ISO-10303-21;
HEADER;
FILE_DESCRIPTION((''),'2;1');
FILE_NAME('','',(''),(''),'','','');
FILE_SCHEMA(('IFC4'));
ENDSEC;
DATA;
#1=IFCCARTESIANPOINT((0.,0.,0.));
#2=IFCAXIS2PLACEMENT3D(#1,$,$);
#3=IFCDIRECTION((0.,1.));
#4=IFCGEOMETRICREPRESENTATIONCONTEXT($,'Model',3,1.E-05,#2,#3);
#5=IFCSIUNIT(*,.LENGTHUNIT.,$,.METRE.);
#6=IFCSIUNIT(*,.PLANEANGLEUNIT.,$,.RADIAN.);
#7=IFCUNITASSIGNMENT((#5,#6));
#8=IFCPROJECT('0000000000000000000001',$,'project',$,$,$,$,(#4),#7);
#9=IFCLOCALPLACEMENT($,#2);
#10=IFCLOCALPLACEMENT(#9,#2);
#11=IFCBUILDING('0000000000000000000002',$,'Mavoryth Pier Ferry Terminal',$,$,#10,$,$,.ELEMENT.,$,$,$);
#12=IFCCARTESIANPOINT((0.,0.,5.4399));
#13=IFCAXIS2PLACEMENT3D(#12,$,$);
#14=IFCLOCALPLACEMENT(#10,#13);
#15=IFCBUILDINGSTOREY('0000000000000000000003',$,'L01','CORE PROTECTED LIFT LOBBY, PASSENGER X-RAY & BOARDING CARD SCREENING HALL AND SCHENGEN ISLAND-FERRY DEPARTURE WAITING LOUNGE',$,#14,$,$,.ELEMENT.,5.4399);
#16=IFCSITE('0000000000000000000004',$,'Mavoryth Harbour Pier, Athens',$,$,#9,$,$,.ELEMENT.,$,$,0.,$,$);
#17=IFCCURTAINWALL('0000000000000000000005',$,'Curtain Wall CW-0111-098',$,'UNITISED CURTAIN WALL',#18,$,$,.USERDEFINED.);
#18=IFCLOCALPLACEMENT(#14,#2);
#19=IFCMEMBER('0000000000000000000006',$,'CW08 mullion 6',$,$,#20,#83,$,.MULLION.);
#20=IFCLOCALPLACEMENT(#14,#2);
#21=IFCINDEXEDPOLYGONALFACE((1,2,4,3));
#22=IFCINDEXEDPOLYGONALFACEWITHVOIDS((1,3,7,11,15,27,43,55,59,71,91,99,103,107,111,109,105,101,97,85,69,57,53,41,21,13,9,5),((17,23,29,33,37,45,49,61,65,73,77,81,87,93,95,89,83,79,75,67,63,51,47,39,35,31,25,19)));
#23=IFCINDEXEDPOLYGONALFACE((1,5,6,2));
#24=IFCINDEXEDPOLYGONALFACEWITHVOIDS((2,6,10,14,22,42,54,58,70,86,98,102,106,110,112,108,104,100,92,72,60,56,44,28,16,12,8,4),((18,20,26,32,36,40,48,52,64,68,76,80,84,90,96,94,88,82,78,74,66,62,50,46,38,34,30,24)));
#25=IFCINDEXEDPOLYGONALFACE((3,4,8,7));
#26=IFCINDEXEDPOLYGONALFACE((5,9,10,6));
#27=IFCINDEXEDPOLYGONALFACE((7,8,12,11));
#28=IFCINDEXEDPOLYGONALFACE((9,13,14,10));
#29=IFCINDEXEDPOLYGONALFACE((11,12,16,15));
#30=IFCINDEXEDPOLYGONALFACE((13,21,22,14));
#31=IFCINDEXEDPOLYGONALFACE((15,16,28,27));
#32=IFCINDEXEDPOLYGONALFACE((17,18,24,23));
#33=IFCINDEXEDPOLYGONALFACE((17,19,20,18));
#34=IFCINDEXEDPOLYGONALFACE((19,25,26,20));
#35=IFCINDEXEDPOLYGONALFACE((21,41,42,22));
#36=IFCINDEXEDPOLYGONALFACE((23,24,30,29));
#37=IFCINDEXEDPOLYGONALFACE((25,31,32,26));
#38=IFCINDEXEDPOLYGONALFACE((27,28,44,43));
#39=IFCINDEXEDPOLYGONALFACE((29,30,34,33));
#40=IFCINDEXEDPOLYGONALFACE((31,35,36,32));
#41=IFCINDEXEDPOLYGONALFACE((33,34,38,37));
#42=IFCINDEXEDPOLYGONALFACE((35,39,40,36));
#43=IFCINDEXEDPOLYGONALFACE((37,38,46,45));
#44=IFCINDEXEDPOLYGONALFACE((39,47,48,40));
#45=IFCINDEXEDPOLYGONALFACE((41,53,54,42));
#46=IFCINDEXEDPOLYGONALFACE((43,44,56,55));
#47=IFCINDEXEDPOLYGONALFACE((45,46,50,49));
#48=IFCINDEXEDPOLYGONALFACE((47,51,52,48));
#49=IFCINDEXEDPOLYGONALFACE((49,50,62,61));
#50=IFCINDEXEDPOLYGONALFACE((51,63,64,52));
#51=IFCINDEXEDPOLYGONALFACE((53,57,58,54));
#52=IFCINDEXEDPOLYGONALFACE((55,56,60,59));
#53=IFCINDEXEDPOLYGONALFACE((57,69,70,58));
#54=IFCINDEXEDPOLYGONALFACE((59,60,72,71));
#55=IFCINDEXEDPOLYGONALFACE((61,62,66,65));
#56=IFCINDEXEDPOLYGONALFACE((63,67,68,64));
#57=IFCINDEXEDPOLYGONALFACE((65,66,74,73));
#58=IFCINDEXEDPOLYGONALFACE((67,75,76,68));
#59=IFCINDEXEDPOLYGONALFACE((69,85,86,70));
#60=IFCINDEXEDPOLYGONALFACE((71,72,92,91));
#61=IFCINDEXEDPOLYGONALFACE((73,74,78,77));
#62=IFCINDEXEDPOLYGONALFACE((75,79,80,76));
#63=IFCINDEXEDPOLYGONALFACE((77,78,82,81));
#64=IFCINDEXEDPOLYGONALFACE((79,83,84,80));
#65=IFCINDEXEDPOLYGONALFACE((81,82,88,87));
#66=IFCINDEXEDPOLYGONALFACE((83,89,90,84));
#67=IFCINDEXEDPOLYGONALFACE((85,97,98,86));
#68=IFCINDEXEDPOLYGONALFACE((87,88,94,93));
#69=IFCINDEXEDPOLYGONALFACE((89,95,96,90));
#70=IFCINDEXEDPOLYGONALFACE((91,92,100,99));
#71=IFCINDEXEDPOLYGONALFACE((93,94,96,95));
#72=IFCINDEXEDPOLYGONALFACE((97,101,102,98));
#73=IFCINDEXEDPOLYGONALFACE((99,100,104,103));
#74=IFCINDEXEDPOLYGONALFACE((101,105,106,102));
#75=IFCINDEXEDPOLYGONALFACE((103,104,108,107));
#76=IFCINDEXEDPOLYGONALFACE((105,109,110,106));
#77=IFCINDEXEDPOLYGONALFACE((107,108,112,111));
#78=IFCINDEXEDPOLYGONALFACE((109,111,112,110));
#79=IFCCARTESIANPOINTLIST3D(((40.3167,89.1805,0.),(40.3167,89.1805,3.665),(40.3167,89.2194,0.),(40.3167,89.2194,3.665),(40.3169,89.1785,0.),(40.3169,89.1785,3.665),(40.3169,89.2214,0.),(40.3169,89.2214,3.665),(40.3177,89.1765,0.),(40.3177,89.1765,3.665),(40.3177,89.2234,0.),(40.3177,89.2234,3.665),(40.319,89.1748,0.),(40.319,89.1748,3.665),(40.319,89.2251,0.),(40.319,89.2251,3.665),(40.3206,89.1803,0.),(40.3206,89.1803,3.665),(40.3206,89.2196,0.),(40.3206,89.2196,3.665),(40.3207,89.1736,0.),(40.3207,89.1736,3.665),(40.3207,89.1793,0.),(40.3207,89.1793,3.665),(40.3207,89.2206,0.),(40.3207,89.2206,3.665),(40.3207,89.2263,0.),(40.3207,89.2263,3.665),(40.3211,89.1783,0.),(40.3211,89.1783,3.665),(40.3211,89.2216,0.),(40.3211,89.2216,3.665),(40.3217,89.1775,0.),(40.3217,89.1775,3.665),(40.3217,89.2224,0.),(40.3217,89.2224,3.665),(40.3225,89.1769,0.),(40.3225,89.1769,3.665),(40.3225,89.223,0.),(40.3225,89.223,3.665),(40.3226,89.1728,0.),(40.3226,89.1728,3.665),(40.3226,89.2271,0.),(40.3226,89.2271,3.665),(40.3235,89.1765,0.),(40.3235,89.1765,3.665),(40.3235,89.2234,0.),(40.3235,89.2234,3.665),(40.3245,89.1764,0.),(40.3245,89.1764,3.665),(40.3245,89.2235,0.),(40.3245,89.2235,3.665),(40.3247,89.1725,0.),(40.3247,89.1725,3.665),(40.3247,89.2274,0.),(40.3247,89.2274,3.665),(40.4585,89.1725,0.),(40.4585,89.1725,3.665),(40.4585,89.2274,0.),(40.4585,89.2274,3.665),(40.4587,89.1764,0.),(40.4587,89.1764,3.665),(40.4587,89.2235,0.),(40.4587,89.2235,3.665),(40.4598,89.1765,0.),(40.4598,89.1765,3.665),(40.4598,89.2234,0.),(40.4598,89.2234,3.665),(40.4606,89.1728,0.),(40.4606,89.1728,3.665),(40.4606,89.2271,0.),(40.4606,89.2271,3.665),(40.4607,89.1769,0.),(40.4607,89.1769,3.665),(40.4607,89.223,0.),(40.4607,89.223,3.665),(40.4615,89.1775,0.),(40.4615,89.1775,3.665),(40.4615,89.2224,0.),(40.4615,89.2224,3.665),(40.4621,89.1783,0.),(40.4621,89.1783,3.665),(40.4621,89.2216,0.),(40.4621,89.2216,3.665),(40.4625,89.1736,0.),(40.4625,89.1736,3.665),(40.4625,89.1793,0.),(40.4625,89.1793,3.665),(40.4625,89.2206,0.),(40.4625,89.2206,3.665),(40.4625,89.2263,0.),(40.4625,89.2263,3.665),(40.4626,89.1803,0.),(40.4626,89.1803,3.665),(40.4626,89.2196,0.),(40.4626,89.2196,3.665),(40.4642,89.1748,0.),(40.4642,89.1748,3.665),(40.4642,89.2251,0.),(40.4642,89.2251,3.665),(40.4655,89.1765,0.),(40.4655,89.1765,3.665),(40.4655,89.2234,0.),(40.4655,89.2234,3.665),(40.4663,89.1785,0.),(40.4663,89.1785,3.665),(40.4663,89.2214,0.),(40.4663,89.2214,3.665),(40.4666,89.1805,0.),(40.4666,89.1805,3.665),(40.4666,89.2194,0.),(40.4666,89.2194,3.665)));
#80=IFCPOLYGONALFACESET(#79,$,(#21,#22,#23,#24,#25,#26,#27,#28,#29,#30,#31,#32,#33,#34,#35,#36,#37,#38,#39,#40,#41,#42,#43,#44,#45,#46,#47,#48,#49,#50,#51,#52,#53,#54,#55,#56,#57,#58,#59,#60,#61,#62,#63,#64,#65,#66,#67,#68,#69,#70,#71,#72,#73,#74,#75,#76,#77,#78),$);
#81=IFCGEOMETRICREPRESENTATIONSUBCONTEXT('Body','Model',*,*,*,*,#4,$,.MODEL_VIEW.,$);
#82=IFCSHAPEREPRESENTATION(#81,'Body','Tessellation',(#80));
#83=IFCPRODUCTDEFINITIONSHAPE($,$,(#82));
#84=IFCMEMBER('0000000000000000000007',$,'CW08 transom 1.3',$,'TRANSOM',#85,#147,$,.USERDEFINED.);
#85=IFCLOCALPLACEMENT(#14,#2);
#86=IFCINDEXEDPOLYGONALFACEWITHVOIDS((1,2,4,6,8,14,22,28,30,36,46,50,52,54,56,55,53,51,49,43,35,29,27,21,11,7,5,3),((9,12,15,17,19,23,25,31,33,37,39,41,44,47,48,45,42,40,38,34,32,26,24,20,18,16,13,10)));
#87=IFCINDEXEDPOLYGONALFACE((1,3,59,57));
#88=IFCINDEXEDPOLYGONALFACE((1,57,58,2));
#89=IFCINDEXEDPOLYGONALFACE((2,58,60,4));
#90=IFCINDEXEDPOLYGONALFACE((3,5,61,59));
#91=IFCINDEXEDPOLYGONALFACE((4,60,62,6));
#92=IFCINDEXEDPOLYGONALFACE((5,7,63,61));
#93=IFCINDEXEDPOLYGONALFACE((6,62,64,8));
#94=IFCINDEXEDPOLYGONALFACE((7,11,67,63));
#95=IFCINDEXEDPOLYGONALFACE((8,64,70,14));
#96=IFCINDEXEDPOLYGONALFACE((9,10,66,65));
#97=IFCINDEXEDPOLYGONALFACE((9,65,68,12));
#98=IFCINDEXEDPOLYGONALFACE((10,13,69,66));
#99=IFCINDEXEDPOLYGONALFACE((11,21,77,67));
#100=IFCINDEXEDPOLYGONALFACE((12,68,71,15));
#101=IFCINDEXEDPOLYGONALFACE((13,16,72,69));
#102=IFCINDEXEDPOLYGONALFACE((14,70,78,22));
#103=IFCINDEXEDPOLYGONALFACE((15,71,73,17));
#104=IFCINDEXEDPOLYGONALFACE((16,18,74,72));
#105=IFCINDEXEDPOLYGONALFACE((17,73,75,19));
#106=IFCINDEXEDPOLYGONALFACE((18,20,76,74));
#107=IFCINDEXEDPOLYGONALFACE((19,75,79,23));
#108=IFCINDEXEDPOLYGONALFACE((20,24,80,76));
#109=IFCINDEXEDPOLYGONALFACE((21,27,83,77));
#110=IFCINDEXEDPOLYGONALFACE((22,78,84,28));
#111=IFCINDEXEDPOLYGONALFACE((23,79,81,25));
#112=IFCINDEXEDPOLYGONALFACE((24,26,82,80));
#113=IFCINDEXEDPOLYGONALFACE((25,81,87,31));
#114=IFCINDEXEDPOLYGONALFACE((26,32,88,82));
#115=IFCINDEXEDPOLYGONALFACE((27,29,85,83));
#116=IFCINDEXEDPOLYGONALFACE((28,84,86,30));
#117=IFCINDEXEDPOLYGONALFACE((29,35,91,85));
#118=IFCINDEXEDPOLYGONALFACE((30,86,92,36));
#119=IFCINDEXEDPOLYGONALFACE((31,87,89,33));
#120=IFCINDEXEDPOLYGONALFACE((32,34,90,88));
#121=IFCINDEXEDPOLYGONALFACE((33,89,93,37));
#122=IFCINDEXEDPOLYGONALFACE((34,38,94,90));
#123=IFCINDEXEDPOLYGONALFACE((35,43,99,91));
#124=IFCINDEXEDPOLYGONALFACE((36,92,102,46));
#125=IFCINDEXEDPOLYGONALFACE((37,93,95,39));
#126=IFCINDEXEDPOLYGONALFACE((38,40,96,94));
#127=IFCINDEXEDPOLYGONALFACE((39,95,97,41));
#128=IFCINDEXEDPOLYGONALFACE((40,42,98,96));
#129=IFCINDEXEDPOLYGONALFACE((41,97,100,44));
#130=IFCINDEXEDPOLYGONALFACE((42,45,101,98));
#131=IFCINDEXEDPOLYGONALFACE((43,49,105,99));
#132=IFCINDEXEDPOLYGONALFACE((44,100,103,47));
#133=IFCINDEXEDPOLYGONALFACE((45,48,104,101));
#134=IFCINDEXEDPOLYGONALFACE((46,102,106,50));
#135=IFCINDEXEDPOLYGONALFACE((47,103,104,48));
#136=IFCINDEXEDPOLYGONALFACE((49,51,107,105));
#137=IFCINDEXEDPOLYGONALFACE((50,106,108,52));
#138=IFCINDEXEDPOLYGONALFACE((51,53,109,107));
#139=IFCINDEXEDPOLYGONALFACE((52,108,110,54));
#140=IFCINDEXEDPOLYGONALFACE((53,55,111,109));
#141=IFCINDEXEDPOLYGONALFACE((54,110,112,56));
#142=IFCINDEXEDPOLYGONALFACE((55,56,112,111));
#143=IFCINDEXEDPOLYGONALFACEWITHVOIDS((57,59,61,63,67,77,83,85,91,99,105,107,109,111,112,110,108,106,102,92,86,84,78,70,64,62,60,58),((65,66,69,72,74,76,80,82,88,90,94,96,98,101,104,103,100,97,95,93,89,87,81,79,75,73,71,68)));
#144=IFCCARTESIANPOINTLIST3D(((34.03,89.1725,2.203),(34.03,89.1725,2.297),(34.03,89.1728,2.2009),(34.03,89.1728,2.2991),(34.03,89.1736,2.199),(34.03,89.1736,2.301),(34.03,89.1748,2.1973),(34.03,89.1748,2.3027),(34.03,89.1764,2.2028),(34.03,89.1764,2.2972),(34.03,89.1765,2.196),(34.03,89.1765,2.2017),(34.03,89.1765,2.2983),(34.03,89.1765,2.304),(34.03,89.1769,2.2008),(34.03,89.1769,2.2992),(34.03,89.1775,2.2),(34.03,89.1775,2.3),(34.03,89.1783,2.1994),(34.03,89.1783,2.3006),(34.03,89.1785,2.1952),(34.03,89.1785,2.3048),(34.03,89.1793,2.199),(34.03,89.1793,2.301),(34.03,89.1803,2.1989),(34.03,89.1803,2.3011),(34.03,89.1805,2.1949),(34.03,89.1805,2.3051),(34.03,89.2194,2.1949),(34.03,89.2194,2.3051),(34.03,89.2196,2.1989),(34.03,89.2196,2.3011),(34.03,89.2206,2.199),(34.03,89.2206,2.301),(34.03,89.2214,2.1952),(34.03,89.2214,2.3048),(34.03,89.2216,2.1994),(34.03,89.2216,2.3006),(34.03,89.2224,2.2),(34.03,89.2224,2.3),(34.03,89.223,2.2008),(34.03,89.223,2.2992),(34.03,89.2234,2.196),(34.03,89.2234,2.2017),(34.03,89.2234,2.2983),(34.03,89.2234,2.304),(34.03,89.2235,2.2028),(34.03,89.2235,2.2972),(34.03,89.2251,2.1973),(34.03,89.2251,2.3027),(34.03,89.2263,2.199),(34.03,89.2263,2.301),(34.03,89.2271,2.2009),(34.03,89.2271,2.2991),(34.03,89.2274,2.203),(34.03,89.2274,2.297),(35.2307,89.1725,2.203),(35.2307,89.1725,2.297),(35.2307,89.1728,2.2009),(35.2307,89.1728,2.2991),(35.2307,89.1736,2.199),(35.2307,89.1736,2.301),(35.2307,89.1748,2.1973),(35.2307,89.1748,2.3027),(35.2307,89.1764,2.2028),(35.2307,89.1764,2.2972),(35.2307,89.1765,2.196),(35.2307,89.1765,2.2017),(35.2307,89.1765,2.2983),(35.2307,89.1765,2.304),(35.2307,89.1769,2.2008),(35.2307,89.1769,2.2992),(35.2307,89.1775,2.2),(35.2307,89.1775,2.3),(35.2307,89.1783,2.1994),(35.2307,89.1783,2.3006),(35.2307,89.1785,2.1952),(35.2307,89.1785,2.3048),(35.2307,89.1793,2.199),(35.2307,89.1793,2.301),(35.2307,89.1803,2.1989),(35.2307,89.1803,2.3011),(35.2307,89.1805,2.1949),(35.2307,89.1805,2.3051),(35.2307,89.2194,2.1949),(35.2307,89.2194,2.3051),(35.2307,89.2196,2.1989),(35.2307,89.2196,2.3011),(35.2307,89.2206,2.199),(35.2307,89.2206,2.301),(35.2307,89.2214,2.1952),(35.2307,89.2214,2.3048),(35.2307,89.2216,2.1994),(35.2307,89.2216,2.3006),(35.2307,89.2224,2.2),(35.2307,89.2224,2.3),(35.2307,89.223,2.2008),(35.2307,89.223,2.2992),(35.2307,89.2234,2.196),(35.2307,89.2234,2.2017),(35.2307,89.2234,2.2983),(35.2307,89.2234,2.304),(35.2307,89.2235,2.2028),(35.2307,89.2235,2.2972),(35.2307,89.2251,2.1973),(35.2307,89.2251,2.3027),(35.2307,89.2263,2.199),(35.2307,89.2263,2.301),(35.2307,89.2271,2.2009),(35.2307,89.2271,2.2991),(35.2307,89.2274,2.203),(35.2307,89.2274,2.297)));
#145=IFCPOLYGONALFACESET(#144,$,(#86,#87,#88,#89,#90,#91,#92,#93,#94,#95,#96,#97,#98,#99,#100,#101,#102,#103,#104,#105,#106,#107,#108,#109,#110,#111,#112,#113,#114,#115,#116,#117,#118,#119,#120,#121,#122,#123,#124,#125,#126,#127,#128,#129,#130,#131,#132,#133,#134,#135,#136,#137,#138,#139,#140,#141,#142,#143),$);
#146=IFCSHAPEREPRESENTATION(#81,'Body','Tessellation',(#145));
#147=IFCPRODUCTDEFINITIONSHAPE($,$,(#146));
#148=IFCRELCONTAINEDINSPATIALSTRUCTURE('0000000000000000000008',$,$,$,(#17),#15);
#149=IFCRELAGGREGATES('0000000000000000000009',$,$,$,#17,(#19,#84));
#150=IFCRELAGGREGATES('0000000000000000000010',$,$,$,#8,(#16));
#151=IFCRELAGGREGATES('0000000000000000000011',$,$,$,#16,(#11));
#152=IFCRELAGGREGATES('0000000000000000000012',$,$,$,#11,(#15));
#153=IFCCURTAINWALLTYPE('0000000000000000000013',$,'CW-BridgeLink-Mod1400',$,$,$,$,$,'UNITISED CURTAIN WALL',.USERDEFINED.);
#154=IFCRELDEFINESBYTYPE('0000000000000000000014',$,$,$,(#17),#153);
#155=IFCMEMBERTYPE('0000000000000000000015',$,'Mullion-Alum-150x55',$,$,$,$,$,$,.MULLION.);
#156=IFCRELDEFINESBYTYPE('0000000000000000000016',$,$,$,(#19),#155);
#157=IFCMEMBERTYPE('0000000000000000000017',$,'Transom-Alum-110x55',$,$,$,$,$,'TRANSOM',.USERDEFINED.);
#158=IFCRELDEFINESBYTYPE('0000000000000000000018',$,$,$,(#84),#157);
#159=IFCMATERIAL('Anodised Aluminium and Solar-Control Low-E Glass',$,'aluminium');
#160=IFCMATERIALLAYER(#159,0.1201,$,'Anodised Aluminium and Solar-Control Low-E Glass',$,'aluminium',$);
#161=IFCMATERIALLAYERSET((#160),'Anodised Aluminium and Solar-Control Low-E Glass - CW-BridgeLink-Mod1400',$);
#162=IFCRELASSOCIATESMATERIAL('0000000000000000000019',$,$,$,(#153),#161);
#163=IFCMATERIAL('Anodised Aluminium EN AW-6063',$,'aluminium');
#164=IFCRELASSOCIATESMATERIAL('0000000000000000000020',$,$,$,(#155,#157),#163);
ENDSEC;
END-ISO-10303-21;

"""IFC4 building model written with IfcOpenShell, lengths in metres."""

from ifc_helpers import new_model, si_unit, direction, frame, origin, origin_2d, place, context, subcontext, project, spatial, hollow_rectangle, extrude, material, layer, layer_set, material_profile, profile_set, type_object, element, aggregate, save


model = new_model("IFC4")

# Units and contexts
model_context = context("Model", 3, precision=1e-05, world=origin(), true_north=direction((0.0, 1.0)))
body_context = subcontext(model_context, "Body", "Model", "MODEL_VIEW")
ifc_project = project(units=[si_unit("LENGTHUNIT", "METRE"), si_unit("PLANEANGLEUNIT", "RADIAN")], contexts=[model_context])

# Site, building, storey
site_placement = place(None, origin())
site = spatial("IfcSite", under=ifc_project, at=site_placement, Name="Mavoryth Harbour Pier, Athens", CompositionType="ELEMENT", RefElevation=0.0)
building_placement = place(site_placement, origin())
building = spatial("IfcBuilding", under=site, at=building_placement, Name="Mavoryth Pier Ferry Terminal", CompositionType="ELEMENT")
storey_placement = place(building_placement, frame((0.0, 0.0, 5.4399)))
storey = spatial("IfcBuildingStorey", under=building, at=storey_placement, Name="L01", Description="CORE PROTECTED LIFT LOBBY, PASSENGER X-RAY & BOARDING CARD SCREENING HALL AND SCHENGEN ISLAND-FERRY DEPARTURE WAITING LOUNGE", CompositionType="ELEMENT", Elevation=5.4399)

# Curtain wall, members
ifc_material_1 = material(Name="Anodised Aluminium and Solar-Control Low-E Glass", Category="aluminium")
ifc_layer_1 = layer(ifc_material_1, 0.1201, Name="Anodised Aluminium and Solar-Control Low-E Glass", Category="aluminium")
ifc_layer_set_1 = layer_set([ifc_layer_1], Name="Anodised Aluminium and Solar-Control Low-E Glass - CW-BridgeLink-Mod1400")
curtain_wall_type = type_object("IfcCurtainWallType", Name="CW-BridgeLink-Mod1400", ElementType="UNITISED CURTAIN WALL", PredefinedType="USERDEFINED", material=ifc_layer_set_1)
curtain_wall_placement = place(storey_placement, origin())
curtain_wall = element("IfcCurtainWall", 1, at=curtain_wall_placement, inside=storey, type_object=curtain_wall_type, Name="Curtain Wall CW-0111-098", ObjectType="UNITISED CURTAIN WALL", PredefinedType="USERDEFINED")
ifc_material_2 = material(Name="Anodised Aluminium EN AW-6063", Category="aluminium")
ifc_material_profile_1 = material_profile(ifc_material_2, hollow_rectangle(XDim=0.0549, YDim=0.1499, WallThickness=0.0039, InnerFilletRadius=0.0039, OuterFilletRadius=0.0081, at=origin_2d()), Name="AL-MULL 150x55x4", Category="aluminium")
ifc_profile_set_1 = profile_set([ifc_material_profile_1], Name="Anodised Aluminium EN AW-6063 - AL-MULL 150x55x4")
member_type_1 = type_object("IfcMemberType", Name="Mullion-Alum-150x55", PredefinedType="MULLION", material=ifc_profile_set_1)
member_1_placement = place(storey_placement, frame((40.3916, 89.2, 0.0), z_axis=(0.0, 0.0, 1.0), x_axis=(0.0, 1.0, 0.0)))
member_1 = element("IfcMember", 2, at=member_1_placement, type_object=member_type_1, Name="CW08 mullion 6", PredefinedType="MULLION", context=body_context, shape_type="SweptSolid", body=[
    extrude(hollow_rectangle(XDim=0.0549, YDim=0.1499, WallThickness=0.0039, InnerFilletRadius=0.0039, OuterFilletRadius=0.0081, at=origin_2d()), origin(), (0.0, 0.0, 1.0), 3.665),
])
ifc_material_profile_2 = material_profile(ifc_material_2, hollow_rectangle(XDim=0.0549, YDim=0.1101, WallThickness=0.0039, InnerFilletRadius=0.0039, OuterFilletRadius=0.0081, at=origin_2d()), Name="AL-TRAN 110x55x4", Category="aluminium")
ifc_profile_set_2 = profile_set([ifc_material_profile_2], Name="Anodised Aluminium EN AW-6063 - AL-TRAN 110x55x4")
member_type_2 = type_object("IfcMemberType", Name="Transom-Alum-110x55", ElementType="TRANSOM", PredefinedType="USERDEFINED", material=ifc_profile_set_2)
member_2_placement = place(storey_placement, frame((34.03, 89.2, 2.25), z_axis=(1.0, 0.0, 0.0), x_axis=(0.0, 1.0, 0.0)))
member_2 = element("IfcMember", 3, at=member_2_placement, type_object=member_type_2, Name="CW08 transom 1.3", ObjectType="TRANSOM", PredefinedType="USERDEFINED", context=body_context, shape_type="SweptSolid", body=[
    extrude(hollow_rectangle(XDim=0.0549, YDim=0.1101, WallThickness=0.0039, InnerFilletRadius=0.0039, OuterFilletRadius=0.0081, at=origin_2d()), origin(), (0.0, 0.0, 1.0), 1.2007),
])
aggregate(curtain_wall, [member_1, member_2])

save(model, "model.ifc")
